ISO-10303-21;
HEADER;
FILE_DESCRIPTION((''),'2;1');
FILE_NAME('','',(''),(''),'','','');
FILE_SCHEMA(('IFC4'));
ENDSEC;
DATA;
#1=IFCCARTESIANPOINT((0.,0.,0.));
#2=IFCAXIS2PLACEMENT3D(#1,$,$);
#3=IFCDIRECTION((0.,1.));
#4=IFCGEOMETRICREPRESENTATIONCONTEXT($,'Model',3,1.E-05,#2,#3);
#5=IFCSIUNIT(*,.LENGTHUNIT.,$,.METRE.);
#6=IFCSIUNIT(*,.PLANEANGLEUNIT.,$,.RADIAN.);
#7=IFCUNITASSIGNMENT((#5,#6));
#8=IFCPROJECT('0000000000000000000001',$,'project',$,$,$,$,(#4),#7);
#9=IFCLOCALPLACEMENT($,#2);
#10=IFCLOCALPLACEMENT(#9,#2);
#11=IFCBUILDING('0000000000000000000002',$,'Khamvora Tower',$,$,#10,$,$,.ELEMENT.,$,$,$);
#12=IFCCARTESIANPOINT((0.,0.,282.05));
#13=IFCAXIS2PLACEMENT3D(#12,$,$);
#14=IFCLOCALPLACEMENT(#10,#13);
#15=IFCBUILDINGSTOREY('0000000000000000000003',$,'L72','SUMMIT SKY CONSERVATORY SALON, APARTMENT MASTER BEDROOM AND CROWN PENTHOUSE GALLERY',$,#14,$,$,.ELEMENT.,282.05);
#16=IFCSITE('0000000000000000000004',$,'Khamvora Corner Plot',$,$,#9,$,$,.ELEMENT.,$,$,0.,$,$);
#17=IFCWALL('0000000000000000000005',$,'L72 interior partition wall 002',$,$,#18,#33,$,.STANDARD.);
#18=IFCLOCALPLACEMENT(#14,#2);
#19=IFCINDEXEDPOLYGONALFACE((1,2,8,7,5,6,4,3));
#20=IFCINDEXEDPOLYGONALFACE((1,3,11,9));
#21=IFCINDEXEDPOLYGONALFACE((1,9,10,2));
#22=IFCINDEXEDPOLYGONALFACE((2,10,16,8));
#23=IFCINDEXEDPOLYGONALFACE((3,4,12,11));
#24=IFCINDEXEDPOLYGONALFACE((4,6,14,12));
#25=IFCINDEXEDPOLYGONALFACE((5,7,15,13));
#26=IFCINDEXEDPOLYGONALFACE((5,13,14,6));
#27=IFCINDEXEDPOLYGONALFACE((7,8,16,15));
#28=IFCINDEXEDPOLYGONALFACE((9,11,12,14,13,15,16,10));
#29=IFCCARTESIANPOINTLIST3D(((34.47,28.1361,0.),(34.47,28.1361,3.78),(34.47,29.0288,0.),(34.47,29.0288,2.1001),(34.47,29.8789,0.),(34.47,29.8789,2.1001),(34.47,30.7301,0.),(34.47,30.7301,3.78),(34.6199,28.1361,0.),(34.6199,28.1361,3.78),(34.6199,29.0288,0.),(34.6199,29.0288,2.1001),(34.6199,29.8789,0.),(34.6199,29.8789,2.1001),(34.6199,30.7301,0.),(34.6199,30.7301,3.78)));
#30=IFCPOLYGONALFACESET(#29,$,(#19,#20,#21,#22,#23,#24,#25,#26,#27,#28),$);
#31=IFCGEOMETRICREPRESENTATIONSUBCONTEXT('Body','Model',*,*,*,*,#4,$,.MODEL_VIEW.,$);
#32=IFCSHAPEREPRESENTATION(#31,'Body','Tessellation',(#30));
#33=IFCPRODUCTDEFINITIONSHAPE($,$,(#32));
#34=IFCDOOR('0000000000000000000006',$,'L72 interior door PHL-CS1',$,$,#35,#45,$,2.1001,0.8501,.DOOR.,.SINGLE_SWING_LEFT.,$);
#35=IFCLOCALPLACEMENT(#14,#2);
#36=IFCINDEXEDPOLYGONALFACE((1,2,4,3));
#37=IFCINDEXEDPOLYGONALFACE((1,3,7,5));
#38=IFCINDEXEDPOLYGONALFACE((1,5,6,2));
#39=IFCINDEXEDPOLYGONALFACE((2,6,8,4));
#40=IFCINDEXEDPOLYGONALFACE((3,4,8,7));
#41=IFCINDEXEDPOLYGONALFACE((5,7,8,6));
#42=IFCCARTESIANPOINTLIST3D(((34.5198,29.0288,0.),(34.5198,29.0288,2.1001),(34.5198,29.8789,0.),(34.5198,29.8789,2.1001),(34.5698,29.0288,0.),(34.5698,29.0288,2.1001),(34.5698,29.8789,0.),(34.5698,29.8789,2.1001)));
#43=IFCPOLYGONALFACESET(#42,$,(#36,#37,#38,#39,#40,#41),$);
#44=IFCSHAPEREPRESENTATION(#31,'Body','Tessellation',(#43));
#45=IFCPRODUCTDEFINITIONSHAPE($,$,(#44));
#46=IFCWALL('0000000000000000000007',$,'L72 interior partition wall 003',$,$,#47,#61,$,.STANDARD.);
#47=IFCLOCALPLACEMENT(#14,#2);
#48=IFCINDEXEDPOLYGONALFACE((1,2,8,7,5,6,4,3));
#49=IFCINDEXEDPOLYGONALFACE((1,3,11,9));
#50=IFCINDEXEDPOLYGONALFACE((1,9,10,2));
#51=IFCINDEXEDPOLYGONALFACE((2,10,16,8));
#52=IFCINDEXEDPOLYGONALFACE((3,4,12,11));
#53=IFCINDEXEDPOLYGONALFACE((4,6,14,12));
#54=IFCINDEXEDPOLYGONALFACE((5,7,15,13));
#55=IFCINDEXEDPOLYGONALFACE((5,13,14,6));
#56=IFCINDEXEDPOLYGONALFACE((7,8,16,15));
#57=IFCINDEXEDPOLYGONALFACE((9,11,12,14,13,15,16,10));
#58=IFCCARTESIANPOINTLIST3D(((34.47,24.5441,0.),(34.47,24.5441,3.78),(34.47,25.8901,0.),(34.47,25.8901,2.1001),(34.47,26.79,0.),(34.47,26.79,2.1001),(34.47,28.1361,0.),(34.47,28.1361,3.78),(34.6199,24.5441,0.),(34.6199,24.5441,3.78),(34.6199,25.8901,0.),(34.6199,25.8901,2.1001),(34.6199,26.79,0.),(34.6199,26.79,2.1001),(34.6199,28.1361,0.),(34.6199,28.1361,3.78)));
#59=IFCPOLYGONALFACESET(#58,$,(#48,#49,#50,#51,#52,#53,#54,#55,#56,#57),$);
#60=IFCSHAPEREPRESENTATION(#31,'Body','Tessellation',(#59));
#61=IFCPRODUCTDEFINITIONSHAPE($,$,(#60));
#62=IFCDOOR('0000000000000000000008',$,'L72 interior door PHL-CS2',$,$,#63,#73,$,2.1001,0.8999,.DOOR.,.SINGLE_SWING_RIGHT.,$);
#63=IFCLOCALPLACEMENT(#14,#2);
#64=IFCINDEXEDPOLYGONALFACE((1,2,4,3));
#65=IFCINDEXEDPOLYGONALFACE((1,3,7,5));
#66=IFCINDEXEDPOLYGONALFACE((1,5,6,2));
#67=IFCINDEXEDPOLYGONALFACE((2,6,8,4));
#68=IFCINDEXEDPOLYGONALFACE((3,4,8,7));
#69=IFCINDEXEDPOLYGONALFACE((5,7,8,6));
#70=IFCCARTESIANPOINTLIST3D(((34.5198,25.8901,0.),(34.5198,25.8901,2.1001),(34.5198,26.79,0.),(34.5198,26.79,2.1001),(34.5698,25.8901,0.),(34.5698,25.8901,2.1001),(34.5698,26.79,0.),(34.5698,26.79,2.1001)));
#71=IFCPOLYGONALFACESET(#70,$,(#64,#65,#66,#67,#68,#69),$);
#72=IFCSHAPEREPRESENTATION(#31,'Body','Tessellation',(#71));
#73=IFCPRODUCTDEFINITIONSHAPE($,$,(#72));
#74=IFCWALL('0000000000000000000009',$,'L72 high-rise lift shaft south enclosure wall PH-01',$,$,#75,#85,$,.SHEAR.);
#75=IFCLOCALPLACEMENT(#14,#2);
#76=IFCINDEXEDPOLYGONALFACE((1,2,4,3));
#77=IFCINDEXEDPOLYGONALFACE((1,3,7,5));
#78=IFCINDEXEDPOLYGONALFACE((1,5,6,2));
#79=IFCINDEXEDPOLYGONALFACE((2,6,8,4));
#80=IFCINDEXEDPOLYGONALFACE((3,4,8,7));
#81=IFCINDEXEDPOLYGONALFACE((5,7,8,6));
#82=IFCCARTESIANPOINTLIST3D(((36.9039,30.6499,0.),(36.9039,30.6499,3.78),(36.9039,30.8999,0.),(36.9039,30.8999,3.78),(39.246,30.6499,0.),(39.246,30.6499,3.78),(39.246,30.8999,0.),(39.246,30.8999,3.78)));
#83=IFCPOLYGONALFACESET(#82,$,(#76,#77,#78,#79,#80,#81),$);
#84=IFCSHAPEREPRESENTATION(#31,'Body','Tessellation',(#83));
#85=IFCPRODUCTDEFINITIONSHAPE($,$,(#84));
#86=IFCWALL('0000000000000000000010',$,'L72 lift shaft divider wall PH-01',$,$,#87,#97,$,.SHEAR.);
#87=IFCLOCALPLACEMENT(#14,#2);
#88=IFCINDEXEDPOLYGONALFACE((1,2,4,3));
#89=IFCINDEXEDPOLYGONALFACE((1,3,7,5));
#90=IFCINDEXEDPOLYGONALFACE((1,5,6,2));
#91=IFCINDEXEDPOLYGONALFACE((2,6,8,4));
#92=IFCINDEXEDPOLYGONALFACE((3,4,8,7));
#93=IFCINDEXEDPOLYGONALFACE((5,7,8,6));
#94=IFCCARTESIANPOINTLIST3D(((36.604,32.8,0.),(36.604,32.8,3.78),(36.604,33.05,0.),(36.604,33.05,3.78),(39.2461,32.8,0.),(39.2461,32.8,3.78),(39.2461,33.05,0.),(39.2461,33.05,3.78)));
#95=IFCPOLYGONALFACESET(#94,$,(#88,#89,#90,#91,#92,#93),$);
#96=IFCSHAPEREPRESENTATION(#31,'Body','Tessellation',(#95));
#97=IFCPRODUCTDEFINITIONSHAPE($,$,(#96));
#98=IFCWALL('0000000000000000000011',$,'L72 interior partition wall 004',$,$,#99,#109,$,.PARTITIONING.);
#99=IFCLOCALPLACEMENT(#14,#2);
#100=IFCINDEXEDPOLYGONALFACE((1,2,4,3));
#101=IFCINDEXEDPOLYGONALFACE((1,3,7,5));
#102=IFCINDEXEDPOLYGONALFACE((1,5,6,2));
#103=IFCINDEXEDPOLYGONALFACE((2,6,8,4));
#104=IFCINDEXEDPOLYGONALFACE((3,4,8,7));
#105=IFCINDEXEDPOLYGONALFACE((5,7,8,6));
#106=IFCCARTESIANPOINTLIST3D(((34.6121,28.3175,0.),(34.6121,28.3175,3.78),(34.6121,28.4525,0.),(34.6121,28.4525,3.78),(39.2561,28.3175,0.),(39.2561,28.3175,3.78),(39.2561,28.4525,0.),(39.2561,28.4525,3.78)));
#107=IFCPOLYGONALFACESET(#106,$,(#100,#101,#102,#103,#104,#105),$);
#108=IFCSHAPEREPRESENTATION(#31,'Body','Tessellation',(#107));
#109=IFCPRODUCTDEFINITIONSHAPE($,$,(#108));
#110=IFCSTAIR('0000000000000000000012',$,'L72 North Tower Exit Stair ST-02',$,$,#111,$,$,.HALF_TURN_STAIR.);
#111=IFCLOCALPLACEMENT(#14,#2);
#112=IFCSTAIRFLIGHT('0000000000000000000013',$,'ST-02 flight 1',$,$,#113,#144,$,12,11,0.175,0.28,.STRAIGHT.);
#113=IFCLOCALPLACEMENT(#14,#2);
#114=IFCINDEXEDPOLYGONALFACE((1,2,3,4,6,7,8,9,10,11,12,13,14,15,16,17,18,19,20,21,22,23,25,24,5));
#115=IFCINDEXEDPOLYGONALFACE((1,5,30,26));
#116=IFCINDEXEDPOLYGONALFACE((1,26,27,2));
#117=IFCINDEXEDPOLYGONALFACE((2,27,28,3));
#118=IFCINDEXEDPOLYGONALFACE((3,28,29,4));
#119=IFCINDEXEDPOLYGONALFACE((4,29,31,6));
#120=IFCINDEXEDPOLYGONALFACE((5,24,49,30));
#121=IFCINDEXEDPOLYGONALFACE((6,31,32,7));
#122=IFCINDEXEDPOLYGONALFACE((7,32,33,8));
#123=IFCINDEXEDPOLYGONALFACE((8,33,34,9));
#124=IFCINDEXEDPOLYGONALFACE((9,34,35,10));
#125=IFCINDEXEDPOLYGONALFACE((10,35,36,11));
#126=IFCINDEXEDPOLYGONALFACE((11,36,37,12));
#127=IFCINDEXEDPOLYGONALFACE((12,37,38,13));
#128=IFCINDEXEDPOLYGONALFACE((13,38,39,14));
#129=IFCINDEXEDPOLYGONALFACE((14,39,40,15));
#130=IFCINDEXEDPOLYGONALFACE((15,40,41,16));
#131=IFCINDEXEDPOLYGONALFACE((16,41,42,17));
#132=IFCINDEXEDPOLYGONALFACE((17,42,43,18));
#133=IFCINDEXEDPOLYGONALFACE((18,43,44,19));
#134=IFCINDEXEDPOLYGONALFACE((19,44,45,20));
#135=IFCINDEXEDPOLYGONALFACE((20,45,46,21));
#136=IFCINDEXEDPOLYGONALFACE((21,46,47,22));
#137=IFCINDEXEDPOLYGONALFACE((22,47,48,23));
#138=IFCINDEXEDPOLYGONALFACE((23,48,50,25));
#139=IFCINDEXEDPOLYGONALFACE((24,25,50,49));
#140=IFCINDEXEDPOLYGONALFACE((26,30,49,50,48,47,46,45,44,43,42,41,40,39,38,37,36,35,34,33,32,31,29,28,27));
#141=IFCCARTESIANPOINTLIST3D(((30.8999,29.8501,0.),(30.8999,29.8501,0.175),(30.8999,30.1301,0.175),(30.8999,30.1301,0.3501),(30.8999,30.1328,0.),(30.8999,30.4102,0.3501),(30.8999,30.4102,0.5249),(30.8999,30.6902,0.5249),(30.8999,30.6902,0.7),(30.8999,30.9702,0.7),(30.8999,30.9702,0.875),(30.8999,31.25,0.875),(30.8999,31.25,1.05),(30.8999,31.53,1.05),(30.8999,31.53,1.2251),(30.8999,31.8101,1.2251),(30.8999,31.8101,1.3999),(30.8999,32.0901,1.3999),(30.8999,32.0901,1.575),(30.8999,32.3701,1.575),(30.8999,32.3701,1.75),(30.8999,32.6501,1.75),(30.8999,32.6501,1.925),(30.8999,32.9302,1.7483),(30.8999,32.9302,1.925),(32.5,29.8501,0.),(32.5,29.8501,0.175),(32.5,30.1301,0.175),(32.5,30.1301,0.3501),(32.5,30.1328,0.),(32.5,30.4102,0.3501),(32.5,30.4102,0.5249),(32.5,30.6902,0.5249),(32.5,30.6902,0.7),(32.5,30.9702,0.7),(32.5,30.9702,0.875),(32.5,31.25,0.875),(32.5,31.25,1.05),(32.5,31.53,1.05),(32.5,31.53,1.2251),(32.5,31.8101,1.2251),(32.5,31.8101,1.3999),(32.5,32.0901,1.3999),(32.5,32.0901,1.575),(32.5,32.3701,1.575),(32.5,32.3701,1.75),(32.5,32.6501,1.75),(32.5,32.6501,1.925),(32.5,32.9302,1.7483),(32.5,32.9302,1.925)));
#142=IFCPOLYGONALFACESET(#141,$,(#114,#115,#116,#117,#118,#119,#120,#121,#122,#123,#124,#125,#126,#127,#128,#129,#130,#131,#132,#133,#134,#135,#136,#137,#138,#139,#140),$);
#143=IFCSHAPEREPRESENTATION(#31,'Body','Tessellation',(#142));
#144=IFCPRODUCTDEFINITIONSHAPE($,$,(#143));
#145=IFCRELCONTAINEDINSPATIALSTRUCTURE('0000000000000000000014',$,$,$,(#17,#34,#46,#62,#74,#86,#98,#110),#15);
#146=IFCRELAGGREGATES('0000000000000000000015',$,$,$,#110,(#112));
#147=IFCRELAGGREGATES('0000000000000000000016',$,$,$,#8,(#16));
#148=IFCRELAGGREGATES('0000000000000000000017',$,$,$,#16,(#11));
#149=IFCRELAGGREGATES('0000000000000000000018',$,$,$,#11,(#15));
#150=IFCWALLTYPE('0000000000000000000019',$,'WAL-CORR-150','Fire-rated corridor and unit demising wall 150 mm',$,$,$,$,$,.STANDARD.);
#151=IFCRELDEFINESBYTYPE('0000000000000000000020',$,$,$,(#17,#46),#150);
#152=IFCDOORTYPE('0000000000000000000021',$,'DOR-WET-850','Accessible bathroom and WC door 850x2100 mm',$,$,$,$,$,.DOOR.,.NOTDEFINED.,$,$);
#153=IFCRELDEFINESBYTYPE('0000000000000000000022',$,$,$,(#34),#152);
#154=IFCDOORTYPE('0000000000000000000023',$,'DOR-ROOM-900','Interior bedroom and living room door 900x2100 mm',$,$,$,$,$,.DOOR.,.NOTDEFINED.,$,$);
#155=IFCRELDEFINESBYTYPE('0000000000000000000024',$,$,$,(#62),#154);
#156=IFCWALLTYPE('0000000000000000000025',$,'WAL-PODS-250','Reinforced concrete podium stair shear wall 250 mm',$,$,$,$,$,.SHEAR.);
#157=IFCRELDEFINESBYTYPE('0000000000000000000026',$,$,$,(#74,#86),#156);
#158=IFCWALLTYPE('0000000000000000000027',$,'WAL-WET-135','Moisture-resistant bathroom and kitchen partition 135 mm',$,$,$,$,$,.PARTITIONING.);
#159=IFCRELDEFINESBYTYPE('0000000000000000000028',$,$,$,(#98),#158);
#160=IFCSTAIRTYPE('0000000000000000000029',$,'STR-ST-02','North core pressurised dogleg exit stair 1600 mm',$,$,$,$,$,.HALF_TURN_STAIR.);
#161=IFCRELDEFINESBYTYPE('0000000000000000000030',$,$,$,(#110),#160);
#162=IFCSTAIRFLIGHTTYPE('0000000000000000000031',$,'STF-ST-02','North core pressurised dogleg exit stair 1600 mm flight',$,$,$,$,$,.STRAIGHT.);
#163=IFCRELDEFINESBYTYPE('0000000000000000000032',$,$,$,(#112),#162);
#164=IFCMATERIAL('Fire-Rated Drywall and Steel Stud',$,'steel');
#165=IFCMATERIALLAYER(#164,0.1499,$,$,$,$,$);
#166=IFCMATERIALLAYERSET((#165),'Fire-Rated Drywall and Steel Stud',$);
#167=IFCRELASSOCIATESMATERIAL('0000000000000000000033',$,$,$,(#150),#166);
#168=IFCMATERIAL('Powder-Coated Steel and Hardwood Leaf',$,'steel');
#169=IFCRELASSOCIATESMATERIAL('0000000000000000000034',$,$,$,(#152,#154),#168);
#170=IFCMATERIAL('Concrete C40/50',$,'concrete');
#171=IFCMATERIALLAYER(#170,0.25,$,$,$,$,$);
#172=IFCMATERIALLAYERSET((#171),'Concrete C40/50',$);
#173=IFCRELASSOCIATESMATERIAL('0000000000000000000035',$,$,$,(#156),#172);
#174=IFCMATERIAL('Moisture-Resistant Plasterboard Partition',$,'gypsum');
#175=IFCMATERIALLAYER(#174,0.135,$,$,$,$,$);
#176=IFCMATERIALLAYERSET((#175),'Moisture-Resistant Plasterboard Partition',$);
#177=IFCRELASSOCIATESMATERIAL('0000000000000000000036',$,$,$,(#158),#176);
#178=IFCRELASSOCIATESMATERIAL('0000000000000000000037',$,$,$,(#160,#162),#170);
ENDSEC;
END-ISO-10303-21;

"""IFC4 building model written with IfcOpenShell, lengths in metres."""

from ifc_helpers import new_model, si_unit, direction, frame, frame_2d, origin, place, context, subcontext, project, spatial, polyline, rectangle, outline, extrude, material, layer, layer_set, type_object, element, fill, aggregate, save


model = new_model("IFC4")

# Units and contexts
model_context = context("Model", 3, precision=1e-05, world=origin(), true_north=direction((0.0, 1.0)))
body_context = subcontext(model_context, "Body", "Model", "MODEL_VIEW")
ifc_project = project(units=[si_unit("LENGTHUNIT", "METRE"), si_unit("PLANEANGLEUNIT", "RADIAN")], contexts=[model_context])

# Site, building, storey
site_placement = place(None, origin())
site = spatial("IfcSite", under=ifc_project, at=site_placement, Name="Khamvora Corner Plot", CompositionType="ELEMENT", RefElevation=0.0)
building_placement = place(site_placement, origin())
building = spatial("IfcBuilding", under=site, at=building_placement, Name="Khamvora Tower", CompositionType="ELEMENT")
storey_placement = place(building_placement, frame((0.0, 0.0, 282.05)))
storey = spatial("IfcBuildingStorey", under=building, at=storey_placement, Name="L72", Description="SUMMIT SKY CONSERVATORY SALON, APARTMENT MASTER BEDROOM AND CROWN PENTHOUSE GALLERY", CompositionType="ELEMENT", Elevation=282.05)

# Shared definitions
ifc_material_1 = material(Name="Powder-Coated Steel and Hardwood Leaf", Category="steel")

# Shared definitions
ifc_material_2 = material(Name="Fire-Rated Drywall and Steel Stud", Category="steel")
ifc_layer_1 = layer(ifc_material_2, 0.1499)
ifc_layer_set_1 = layer_set([ifc_layer_1], Name="Fire-Rated Drywall and Steel Stud")
wall_type_1 = type_object("IfcWallType", Name="WAL-CORR-150", Description="Fire-rated corridor and unit demising wall 150 mm", PredefinedType="STANDARD", material=ifc_layer_set_1)

# Walls, openings, doors
wall_1_placement = place(storey_placement, frame((34.5449, 30.73, 0.0), z_axis=(0.0, 0.0, 1.0), x_axis=(0.0, -1.0, 0.0)))
wall_1 = element("IfcWall", 1, at=wall_1_placement, inside=storey, type_object=wall_type_1, Name="L72 interior partition wall 002", PredefinedType="STANDARD", context=body_context, shape_type="SweptSolid", body=[
    extrude(rectangle(XDim=2.594, YDim=0.1499, at=frame_2d((1.2969, 0.0))), origin(), (0.0, 0.0, 1.0), 3.78),
])
opening_1_placement = place(wall_1_placement, frame((0.8511, 0.0, 0.0)))
opening_1 = element("IfcOpeningElement", 2, at=opening_1_placement, cuts=wall_1, PredefinedType="OPENING", context=body_context, shape_type="SweptSolid", body=[
    extrude(rectangle(XDim=0.8501, YDim=2.1001, at=frame_2d((0.425, 1.05))), frame((0.0, 0.085, 0.0), z_axis=(0.0, -1.0, 0.0), x_axis=(1.0, 0.0, 0.0)), (0.0, 0.0, 1.0), 0.1699),
])
door_type_1 = type_object("IfcDoorType", Name="DOR-WET-850", Description="Accessible bathroom and WC door 850x2100 mm", OperationType="NOTDEFINED", PredefinedType="DOOR", material=ifc_material_1)
door_1_placement = place(opening_1_placement, origin())
door_1 = element("IfcDoor", 3, at=door_1_placement, inside=storey, type_object=door_type_1, Name="L72 interior door PHL-CS1", OperationType="SINGLE_SWING_LEFT", OverallHeight=2.1001, OverallWidth=0.8501, PredefinedType="DOOR", context=body_context, shape_type="SweptSolid", body=[
    extrude(rectangle(XDim=0.8501, YDim=2.1001, at=frame_2d((0.425, 1.05))), frame((0.0, 0.0249, 0.0), z_axis=(0.0, -1.0, 0.0), x_axis=(1.0, 0.0, 0.0)), (0.0, 0.0, 1.0), 0.05),
])
fill(opening_1, door_1)
wall_2_placement = place(storey_placement, frame((34.5449, 28.136, 0.0), z_axis=(0.0, 0.0, 1.0), x_axis=(0.0, -1.0, 0.0)))
wall_2 = element("IfcWall", 4, at=wall_2_placement, inside=storey, type_object=wall_type_1, Name="L72 interior partition wall 003", PredefinedType="STANDARD", context=body_context, shape_type="SweptSolid", body=[
    extrude(rectangle(XDim=3.592, YDim=0.1499, at=frame_2d((1.7959, 0.0))), origin(), (0.0, 0.0, 1.0), 3.78),
])
opening_2_placement = place(wall_2_placement, frame((1.3459, 0.0, 0.0)))
opening_2 = element("IfcOpeningElement", 5, at=opening_2_placement, cuts=wall_2, PredefinedType="OPENING", context=body_context, shape_type="SweptSolid", body=[
    extrude(rectangle(XDim=0.8999, YDim=2.1001, at=frame_2d((0.45, 1.05))), frame((0.0, 0.085, 0.0), z_axis=(0.0, -1.0, 0.0), x_axis=(1.0, 0.0, 0.0)), (0.0, 0.0, 1.0), 0.1699),
])
door_type_2 = type_object("IfcDoorType", Name="DOR-ROOM-900", Description="Interior bedroom and living room door 900x2100 mm", OperationType="NOTDEFINED", PredefinedType="DOOR", material=ifc_material_1)
door_2_placement = place(opening_2_placement, origin())
door_2 = element("IfcDoor", 6, at=door_2_placement, inside=storey, type_object=door_type_2, Name="L72 interior door PHL-CS2", OperationType="SINGLE_SWING_RIGHT", OverallHeight=2.1001, OverallWidth=0.8999, PredefinedType="DOOR", context=body_context, shape_type="SweptSolid", body=[
    extrude(rectangle(XDim=0.8999, YDim=2.1001, at=frame_2d((0.45, 1.05))), frame((0.0, 0.0249, 0.0), z_axis=(0.0, -1.0, 0.0), x_axis=(1.0, 0.0, 0.0)), (0.0, 0.0, 1.0), 0.05),
])
fill(opening_2, door_2)

# Walls
ifc_material_3 = material(Name="Concrete C40/50", Category="concrete")
ifc_layer_2 = layer(ifc_material_3, 0.25)
ifc_layer_set_2 = layer_set([ifc_layer_2], Name="Concrete C40/50")
wall_type_2 = type_object("IfcWallType", Name="WAL-PODS-250", Description="Reinforced concrete podium stair shear wall 250 mm", PredefinedType="SHEAR", material=ifc_layer_set_2)
wall_3_placement = place(storey_placement, frame((36.9041, 30.7749, 0.0), z_axis=(0.0, 0.0, 1.0), x_axis=(1.0, 0.0, 0.0)))
element("IfcWall", 7, at=wall_3_placement, inside=storey, type_object=wall_type_2, Name="L72 high-rise lift shaft south enclosure wall PH-01", PredefinedType="SHEAR", context=body_context, shape_type="SweptSolid", body=[
    extrude(rectangle(XDim=2.342, YDim=0.25, at=frame_2d((1.1709, 0.0))), origin(), (0.0, 0.0, 1.0), 3.78),
])
wall_4_placement = place(storey_placement, frame((36.604, 32.925, 0.0), z_axis=(0.0, 0.0, 1.0), x_axis=(1.0, 0.0, 0.0)))
element("IfcWall", 8, at=wall_4_placement, inside=storey, type_object=wall_type_2, Name="L72 lift shaft divider wall PH-01", PredefinedType="SHEAR", context=body_context, shape_type="SweptSolid", body=[
    extrude(rectangle(XDim=2.6421, YDim=0.25, at=frame_2d((1.321, 0.0))), origin(), (0.0, 0.0, 1.0), 3.78),
])
ifc_material_4 = material(Name="Moisture-Resistant Plasterboard Partition", Category="gypsum")
ifc_layer_3 = layer(ifc_material_4, 0.135)
ifc_layer_set_3 = layer_set([ifc_layer_3], Name="Moisture-Resistant Plasterboard Partition")
wall_type_3 = type_object("IfcWallType", Name="WAL-WET-135", Description="Moisture-resistant bathroom and kitchen partition 135 mm", PredefinedType="PARTITIONING", material=ifc_layer_set_3)
wall_5_placement = place(storey_placement, frame((39.2561, 28.385, 0.0), z_axis=(0.0, 0.0, 1.0), x_axis=(-1.0, 0.0, 0.0)))
element("IfcWall", 9, at=wall_5_placement, inside=storey, type_object=wall_type_3, Name="L72 interior partition wall 004", PredefinedType="PARTITIONING", context=body_context, shape_type="SweptSolid", body=[
    extrude(rectangle(XDim=4.644, YDim=0.135, at=frame_2d((2.322, 0.0))), origin(), (0.0, 0.0, 1.0), 3.78),
])

# Stair, stair flight
stair_type = type_object("IfcStairType", Name="STR-ST-02", Description="North core pressurised dogleg exit stair 1600 mm", PredefinedType="HALF_TURN_STAIR", material=ifc_material_3)
stair_placement = place(storey_placement, origin())
stair = element("IfcStair", 10, at=stair_placement, inside=storey, type_object=stair_type, Name="L72 North Tower Exit Stair ST-02", PredefinedType="HALF_TURN_STAIR")
stair_flight_type = type_object("IfcStairFlightType", Name="STF-ST-02", Description="North core pressurised dogleg exit stair 1600 mm flight", PredefinedType="STRAIGHT", material=ifc_material_3)
stair_flight_placement = place(storey_placement, frame((31.7, 29.8501, 0.0), z_axis=(0.0, 0.0, 1.0), x_axis=(0.0, 1.0, 0.0)))
stair_flight = element("IfcStairFlight", 11, at=stair_flight_placement, type_object=stair_flight_type, Name="ST-02 flight 1", NumberOfRisers=12, NumberOfTreads=11, PredefinedType="STRAIGHT", RiserHeight=0.175, TreadLength=0.28, context=body_context, shape_type="SweptSolid", body=[
    extrude(outline(polyline([(0.0, 0.0), (0.0, 0.175), (0.28, 0.175), (0.28, 0.3501), (0.5601, 0.3501), (0.5601, 0.5249), (0.8401, 0.5249), (0.8401, 0.7), (1.1201, 0.7), (1.1201, 0.875), (1.3999, 0.875), (1.3999, 1.05), (1.6799, 1.05), (1.6799, 1.2251), (1.96, 1.2251), (1.96, 1.3999), (2.24, 1.3999), (2.24, 1.575), (2.52, 1.575), (2.52, 1.75), (2.8, 1.75), (2.8, 1.925), (3.0801, 1.925), (3.0801, 2.1001), (3.0801, 1.7483), (0.2827, 0.0), (0.0, 0.0)])), frame((0.0, 0.8, 0.0), z_axis=(0.0, -1.0, 0.0), x_axis=(1.0, 0.0, 0.0)), (0.0, 0.0, 1.0), 1.6001),
])
aggregate(stair, [stair_flight])

save(model, "model.ifc")
